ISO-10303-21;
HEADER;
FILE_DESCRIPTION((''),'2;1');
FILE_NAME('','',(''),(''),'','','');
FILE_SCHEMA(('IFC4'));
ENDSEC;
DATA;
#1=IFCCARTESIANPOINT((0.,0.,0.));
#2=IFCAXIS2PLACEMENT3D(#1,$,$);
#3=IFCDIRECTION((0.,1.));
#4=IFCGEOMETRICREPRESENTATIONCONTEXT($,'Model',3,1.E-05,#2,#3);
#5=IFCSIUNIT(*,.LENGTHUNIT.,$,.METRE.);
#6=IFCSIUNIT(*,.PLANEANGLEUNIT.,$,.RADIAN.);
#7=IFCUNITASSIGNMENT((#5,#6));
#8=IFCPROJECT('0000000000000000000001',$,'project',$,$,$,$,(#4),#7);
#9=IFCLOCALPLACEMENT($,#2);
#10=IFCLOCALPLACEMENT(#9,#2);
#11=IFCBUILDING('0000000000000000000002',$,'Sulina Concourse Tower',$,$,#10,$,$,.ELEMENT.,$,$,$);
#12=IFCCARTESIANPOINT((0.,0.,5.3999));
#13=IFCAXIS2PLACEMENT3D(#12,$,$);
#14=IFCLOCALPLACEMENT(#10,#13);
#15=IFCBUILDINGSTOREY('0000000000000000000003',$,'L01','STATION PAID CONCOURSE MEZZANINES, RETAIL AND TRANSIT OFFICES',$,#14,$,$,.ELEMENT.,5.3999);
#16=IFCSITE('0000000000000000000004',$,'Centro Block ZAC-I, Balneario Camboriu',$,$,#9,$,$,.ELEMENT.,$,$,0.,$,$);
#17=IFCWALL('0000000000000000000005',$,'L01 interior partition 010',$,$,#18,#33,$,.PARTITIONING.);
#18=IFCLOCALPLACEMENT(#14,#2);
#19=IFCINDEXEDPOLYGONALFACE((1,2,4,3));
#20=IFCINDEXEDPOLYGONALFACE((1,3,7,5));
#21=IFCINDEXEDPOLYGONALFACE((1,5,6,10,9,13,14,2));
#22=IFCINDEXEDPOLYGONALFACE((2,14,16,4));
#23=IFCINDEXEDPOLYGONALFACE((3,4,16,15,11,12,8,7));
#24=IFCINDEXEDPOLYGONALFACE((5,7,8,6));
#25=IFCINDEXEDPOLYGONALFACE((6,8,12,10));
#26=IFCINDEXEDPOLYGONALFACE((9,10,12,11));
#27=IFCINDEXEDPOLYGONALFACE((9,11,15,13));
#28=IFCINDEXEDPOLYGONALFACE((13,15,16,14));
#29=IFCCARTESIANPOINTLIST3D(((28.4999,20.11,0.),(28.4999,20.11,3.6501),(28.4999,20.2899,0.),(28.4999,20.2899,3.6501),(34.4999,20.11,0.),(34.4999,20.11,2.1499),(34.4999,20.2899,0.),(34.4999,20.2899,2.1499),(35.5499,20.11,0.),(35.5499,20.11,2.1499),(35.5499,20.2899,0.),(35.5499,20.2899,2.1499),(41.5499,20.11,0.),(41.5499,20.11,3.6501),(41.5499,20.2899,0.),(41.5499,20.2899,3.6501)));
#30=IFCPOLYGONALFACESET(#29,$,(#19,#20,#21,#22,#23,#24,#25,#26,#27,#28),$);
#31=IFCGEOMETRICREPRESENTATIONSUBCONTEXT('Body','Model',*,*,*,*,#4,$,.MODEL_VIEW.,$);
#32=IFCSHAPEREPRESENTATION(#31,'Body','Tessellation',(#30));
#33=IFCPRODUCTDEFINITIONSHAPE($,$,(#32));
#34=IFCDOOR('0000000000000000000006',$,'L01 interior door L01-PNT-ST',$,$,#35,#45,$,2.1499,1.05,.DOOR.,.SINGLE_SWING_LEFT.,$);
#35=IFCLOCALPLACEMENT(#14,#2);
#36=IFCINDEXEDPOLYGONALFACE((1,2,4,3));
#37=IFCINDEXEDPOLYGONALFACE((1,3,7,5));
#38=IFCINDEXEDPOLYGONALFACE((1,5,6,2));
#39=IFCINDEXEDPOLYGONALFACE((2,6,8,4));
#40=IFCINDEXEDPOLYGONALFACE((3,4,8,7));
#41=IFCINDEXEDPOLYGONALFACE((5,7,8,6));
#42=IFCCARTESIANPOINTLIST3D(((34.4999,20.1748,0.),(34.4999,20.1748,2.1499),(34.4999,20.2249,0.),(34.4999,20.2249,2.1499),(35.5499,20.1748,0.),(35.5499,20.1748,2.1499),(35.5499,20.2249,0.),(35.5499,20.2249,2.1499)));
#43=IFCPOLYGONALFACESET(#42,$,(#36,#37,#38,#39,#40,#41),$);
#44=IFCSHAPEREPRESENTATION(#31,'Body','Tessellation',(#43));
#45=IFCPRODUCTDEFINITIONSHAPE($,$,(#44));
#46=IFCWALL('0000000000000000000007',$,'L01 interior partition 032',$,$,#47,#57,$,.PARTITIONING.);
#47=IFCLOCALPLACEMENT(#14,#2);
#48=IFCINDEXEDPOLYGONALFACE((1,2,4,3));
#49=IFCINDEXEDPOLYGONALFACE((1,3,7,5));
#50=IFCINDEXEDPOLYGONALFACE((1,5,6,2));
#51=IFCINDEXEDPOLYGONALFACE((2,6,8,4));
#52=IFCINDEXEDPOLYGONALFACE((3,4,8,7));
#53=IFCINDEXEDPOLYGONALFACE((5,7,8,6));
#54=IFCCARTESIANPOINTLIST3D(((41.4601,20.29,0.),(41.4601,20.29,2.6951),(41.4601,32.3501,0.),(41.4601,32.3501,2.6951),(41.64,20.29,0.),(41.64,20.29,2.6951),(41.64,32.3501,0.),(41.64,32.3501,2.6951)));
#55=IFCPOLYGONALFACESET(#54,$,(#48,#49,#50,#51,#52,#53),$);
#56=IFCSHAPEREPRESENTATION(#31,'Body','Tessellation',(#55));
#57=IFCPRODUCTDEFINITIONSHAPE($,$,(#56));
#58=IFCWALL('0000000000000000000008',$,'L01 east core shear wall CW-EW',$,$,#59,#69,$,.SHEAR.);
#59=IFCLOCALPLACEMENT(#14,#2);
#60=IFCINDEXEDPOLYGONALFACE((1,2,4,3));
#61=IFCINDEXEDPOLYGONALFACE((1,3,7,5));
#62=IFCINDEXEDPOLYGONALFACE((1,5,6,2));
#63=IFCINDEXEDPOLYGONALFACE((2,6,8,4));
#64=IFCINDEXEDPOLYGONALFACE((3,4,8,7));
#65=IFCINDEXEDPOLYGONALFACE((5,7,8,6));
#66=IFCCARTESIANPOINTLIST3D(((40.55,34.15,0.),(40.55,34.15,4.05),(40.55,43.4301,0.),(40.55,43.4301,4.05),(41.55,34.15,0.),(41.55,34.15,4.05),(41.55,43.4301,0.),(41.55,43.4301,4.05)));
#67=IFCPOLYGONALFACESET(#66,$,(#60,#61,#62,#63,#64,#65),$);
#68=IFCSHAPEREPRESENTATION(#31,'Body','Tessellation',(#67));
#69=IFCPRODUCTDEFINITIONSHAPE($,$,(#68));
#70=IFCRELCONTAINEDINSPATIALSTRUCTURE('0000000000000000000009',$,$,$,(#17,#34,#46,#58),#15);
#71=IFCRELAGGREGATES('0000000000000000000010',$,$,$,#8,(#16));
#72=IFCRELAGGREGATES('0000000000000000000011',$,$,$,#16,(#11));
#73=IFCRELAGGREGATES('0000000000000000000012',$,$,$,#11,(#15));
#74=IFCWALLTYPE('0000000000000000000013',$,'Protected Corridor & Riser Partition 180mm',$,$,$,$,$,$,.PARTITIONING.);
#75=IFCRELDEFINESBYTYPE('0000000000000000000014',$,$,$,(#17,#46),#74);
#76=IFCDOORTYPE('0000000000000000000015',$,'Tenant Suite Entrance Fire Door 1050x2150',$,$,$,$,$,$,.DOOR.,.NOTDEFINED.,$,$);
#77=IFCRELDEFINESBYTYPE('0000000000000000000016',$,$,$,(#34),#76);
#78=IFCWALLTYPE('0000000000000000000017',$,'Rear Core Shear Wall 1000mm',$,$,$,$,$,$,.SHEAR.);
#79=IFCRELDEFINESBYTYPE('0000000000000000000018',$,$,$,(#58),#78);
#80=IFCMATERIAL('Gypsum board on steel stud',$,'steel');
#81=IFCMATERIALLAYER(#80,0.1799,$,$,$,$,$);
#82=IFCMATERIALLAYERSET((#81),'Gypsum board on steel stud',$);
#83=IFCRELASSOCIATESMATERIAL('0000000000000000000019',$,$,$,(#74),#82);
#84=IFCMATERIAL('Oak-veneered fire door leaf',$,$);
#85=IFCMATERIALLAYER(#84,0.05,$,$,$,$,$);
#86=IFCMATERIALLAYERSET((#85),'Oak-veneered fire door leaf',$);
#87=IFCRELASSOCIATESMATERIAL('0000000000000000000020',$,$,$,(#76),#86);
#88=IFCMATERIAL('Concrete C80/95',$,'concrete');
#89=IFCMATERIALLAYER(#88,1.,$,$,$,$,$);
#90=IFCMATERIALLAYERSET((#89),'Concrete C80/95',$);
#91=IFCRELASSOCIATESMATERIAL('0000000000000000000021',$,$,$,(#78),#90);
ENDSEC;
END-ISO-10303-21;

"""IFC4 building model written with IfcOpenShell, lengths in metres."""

from ifc_helpers import new_model, si_unit, direction, frame, frame_2d, origin, place, context, subcontext, project, spatial, rectangle, extrude, material, layer, layer_set, type_object, element, fill, save


model = new_model("IFC4")

# Units and contexts
model_context = context("Model", 3, precision=1e-05, world=origin(), true_north=direction((0.0, 1.0)))
body_context = subcontext(model_context, "Body", "Model", "MODEL_VIEW")
ifc_project = project(units=[si_unit("LENGTHUNIT", "METRE"), si_unit("PLANEANGLEUNIT", "RADIAN")], contexts=[model_context])

# Site, building, storey
site_placement = place(None, origin())
site = spatial("IfcSite", under=ifc_project, at=site_placement, Name="Centro Block ZAC-I, Balneario Camboriu", CompositionType="ELEMENT", RefElevation=0.0)
building_placement = place(site_placement, origin())
building = spatial("IfcBuilding", under=site, at=building_placement, Name="Sulina Concourse Tower", CompositionType="ELEMENT")
storey_placement = place(building_placement, frame((0.0, 0.0, 5.3999)))
storey = spatial("IfcBuildingStorey", under=building, at=storey_placement, Name="L01", Description="STATION PAID CONCOURSE MEZZANINES, RETAIL AND TRANSIT OFFICES", CompositionType="ELEMENT", Elevation=5.3999)

# Wall, opening, door
ifc_material_1 = material(Name="Gypsum board on steel stud", Category="steel")
ifc_layer_1 = layer(ifc_material_1, 0.1799)
ifc_layer_set_1 = layer_set([ifc_layer_1], Name="Gypsum board on steel stud")
wall_type_1 = type_object("IfcWallType", Name="Protected Corridor & Riser Partition 180mm", PredefinedType="PARTITIONING", material=ifc_layer_set_1)
ifc_material_2 = material(Name="Oak-veneered fire door leaf")
ifc_layer_2 = layer(ifc_material_2, 0.05)
ifc_layer_set_2 = layer_set([ifc_layer_2], Name="Oak-veneered fire door leaf")
door_type = type_object("IfcDoorType", Name="Tenant Suite Entrance Fire Door 1050x2150", OperationType="NOTDEFINED", PredefinedType="DOOR", material=ifc_layer_set_2)
wall_1_placement = place(storey_placement, frame((28.5, 20.2, 0.0), z_axis=(0.0, 0.0, 1.0), x_axis=(1.0, 0.0, 0.0)))
wall_1 = element("IfcWall", 1, at=wall_1_placement, inside=storey, type_object=wall_type_1, Name="L01 interior partition 010", PredefinedType="PARTITIONING", context=body_context, shape_type="SweptSolid", body=[
    extrude(rectangle(XDim=13.05, YDim=0.1799, at=frame_2d((6.5249, 0.0))), origin(), (0.0, 0.0, 1.0), 3.6501),
])
opening_1_placement = place(wall_1_placement, frame((6.0, 0.0, 0.0)))
opening_1 = element("IfcOpeningElement", 2, at=opening_1_placement, cuts=wall_1, PredefinedType="OPENING", context=body_context, shape_type="SweptSolid", body=[
    extrude(rectangle(XDim=1.05, YDim=2.1499, at=frame_2d((0.5249, 1.075))), frame((0.0, 0.0999, 0.0), z_axis=(0.0, -1.0, 0.0), x_axis=(1.0, 0.0, 0.0)), (0.0, 0.0, 1.0), 0.2),
])
door_1_placement = place(opening_1_placement, origin())
door_1 = element("IfcDoor", 3, at=door_1_placement, inside=storey, type_object=door_type, Name="L01 interior door L01-PNT-ST", OperationType="SINGLE_SWING_LEFT", OverallHeight=2.1499, OverallWidth=1.05, PredefinedType="DOOR", context=body_context, shape_type="SweptSolid", body=[
    extrude(rectangle(XDim=1.05, YDim=2.1499, at=frame_2d((0.5249, 1.075))), frame((0.0, 0.0249, 0.0), z_axis=(0.0, -1.0, 0.0), x_axis=(1.0, 0.0, 0.0)), (0.0, 0.0, 1.0), 0.05),
])
fill(opening_1, door_1)

# Walls
wall_2_placement = place(storey_placement, frame((41.55, 20.29, 0.0), z_axis=(0.0, 0.0, 1.0), x_axis=(0.0, 1.0, 0.0)))
element("IfcWall", 4, at=wall_2_placement, inside=storey, type_object=wall_type_1, Name="L01 interior partition 032", PredefinedType="PARTITIONING", context=body_context, shape_type="SweptSolid", body=[
    extrude(rectangle(XDim=12.0601, YDim=0.1799, at=frame_2d((6.03, 0.0))), origin(), (0.0, 0.0, 1.0), 2.6951),
])
ifc_material_3 = material(Name="Concrete C80/95", Category="concrete")
ifc_layer_3 = layer(ifc_material_3, 1.0)
ifc_layer_set_3 = layer_set([ifc_layer_3], Name="Concrete C80/95")
wall_type_2 = type_object("IfcWallType", Name="Rear Core Shear Wall 1000mm", PredefinedType="SHEAR", material=ifc_layer_set_3)
wall_3_placement = place(storey_placement, frame((41.05, 34.1499, 0.0), z_axis=(0.0, 0.0, 1.0), x_axis=(0.0, 1.0, 0.0)))
element("IfcWall", 5, at=wall_3_placement, inside=storey, type_object=wall_type_2, Name="L01 east core shear wall CW-EW", PredefinedType="SHEAR", context=body_context, shape_type="SweptSolid", body=[
    extrude(rectangle(XDim=9.28, YDim=1.0, at=frame_2d((4.6401, 0.0))), origin(), (0.0, 0.0, 1.0), 4.05),
])

save(model, "model.ifc")
